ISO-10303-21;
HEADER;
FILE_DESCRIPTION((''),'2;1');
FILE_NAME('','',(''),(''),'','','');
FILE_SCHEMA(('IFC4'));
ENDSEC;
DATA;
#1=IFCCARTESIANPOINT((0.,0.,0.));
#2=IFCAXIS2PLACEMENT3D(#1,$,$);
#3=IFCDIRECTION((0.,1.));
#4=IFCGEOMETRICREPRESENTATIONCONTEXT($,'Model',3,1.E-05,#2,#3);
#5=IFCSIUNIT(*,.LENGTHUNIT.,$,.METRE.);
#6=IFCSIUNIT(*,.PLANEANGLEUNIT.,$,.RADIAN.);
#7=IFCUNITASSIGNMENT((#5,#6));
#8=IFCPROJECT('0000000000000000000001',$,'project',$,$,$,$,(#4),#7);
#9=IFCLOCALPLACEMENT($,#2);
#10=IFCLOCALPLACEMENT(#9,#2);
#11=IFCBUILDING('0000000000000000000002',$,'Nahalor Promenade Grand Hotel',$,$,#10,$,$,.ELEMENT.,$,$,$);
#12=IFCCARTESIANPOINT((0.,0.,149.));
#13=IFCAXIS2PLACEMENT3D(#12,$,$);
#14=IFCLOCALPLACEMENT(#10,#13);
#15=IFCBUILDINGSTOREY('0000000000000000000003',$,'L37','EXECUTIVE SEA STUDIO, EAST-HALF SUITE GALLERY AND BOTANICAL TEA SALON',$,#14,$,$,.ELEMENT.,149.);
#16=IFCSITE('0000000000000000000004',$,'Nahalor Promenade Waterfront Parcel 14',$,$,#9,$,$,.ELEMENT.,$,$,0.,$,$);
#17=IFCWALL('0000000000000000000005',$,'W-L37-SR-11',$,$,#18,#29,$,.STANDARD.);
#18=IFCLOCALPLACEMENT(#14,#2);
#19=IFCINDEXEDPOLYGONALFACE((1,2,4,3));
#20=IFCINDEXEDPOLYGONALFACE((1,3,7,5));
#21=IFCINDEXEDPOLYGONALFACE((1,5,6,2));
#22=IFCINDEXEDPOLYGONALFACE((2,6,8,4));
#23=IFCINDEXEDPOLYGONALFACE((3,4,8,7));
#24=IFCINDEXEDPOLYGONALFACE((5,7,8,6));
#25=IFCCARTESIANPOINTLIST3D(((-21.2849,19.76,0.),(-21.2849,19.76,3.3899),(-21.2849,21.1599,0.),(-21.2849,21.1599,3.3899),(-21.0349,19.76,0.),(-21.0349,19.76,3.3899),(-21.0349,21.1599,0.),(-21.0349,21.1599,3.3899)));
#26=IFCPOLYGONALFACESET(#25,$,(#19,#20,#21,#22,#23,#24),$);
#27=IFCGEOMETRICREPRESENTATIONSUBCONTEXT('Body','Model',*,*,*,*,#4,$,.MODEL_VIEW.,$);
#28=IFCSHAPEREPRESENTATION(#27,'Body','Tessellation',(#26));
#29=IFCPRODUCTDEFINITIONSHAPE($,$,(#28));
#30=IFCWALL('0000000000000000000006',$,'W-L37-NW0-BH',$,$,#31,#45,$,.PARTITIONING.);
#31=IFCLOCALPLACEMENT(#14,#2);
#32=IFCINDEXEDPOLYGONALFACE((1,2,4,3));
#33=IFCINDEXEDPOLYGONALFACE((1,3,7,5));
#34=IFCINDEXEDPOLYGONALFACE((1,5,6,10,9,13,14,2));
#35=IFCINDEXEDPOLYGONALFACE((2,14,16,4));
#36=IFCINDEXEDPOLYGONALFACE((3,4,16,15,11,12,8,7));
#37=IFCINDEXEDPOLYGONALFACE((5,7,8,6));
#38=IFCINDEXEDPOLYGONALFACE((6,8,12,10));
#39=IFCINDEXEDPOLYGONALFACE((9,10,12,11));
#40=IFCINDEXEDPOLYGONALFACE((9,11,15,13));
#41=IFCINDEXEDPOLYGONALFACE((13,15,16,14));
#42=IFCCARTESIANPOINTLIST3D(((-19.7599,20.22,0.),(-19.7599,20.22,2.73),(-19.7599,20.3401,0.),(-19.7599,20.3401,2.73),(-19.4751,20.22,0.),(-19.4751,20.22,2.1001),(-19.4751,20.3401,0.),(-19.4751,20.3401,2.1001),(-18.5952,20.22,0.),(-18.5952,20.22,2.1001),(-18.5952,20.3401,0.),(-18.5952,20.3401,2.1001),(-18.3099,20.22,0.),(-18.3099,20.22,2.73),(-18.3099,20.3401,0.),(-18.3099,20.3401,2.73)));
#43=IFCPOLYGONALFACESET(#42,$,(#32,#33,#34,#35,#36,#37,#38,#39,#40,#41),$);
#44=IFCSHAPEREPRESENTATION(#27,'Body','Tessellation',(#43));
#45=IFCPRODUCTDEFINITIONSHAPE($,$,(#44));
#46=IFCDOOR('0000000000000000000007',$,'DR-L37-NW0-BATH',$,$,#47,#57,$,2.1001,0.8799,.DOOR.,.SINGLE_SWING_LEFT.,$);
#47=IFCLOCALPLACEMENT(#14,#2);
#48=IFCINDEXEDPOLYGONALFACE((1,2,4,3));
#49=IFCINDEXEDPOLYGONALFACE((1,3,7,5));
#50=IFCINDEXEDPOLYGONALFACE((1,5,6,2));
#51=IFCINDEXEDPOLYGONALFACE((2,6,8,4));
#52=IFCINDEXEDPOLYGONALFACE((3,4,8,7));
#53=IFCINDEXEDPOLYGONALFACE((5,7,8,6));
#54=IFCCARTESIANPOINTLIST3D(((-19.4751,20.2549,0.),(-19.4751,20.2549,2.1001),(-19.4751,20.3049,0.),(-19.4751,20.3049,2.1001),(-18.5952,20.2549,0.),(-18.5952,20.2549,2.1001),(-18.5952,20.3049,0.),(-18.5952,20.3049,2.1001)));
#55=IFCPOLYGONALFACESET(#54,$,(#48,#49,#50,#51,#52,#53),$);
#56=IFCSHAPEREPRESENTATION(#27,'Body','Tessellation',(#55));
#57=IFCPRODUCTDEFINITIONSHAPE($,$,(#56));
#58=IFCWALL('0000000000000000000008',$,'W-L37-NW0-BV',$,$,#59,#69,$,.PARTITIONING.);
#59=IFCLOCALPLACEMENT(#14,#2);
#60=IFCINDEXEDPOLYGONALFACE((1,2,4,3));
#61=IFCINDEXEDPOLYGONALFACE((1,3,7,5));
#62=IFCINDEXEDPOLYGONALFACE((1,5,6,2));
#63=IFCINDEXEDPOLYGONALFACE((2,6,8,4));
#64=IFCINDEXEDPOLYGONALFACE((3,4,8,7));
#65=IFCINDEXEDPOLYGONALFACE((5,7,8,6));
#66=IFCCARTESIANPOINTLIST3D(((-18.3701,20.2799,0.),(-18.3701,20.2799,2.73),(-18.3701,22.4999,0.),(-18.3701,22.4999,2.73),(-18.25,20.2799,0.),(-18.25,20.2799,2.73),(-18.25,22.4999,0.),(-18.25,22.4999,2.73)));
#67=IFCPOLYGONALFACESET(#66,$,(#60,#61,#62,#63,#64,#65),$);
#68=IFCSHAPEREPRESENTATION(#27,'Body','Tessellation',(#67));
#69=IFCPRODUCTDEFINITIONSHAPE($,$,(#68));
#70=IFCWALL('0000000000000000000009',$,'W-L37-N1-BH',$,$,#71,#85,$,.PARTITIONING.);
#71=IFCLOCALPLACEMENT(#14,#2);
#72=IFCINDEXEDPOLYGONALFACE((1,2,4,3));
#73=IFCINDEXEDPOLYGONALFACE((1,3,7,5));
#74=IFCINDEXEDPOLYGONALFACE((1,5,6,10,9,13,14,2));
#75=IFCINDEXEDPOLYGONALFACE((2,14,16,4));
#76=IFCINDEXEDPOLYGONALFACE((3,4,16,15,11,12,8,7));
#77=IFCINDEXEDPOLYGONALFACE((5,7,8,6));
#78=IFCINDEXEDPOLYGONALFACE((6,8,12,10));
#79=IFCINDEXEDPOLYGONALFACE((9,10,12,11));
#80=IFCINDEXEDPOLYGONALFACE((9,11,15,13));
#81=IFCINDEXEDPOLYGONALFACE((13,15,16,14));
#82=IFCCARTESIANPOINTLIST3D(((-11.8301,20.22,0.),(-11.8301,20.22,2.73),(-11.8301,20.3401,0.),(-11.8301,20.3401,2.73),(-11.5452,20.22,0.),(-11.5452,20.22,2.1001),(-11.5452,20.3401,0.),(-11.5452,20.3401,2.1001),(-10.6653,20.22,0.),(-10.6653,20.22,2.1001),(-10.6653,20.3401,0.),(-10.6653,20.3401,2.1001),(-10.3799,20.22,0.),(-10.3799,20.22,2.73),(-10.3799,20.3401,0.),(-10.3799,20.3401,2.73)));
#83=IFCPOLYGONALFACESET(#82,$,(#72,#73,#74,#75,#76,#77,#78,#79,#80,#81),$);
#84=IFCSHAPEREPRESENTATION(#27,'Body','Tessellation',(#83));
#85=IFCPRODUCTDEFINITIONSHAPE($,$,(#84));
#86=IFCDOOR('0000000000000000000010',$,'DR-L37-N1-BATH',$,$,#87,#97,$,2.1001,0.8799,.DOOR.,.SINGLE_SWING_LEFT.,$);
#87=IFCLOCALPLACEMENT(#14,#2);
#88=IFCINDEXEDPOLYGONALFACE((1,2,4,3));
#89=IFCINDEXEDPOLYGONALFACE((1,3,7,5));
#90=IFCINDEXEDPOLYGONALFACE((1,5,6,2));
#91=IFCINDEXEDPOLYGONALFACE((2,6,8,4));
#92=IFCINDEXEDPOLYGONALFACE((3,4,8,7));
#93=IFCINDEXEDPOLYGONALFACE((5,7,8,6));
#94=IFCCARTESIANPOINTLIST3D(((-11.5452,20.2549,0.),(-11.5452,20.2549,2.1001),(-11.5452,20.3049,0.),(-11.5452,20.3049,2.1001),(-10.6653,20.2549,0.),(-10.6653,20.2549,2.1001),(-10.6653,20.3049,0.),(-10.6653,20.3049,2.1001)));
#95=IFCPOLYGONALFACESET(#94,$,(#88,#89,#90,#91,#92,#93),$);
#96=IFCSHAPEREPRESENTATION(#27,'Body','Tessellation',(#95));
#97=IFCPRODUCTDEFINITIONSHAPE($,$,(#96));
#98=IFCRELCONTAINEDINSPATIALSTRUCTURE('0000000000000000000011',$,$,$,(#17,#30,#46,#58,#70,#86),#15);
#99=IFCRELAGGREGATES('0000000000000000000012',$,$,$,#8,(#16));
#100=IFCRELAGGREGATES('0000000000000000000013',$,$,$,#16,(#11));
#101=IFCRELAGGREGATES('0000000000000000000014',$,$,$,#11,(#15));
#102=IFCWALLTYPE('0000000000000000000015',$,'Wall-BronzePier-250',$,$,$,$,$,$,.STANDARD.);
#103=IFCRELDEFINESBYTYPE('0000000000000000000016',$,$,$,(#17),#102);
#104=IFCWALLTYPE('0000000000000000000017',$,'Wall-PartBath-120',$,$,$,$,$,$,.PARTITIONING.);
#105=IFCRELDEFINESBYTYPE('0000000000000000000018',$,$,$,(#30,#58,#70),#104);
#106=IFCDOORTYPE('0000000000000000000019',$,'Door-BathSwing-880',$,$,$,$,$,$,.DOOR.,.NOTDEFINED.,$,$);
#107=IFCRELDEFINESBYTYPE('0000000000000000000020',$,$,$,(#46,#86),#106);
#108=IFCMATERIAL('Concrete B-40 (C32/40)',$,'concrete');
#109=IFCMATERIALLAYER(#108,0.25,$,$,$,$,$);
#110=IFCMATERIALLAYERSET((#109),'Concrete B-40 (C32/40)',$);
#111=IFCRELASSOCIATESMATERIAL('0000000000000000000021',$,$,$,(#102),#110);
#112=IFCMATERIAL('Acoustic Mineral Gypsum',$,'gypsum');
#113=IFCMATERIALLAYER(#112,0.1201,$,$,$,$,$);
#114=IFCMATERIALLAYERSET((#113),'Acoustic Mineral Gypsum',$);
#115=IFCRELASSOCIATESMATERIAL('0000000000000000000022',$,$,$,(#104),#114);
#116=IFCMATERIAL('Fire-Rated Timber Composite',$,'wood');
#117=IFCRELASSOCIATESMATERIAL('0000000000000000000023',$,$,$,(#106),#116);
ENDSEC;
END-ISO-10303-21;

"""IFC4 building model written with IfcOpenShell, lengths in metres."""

from ifc_helpers import new_model, si_unit, direction, frame, frame_2d, origin, place, context, subcontext, project, spatial, rectangle, extrude, source, transform, mapped, material, layer, layer_set, type_object, element, fill, save


model = new_model("IFC4")

# Units and contexts
model_context = context("Model", 3, precision=1e-05, world=origin(), true_north=direction((0.0, 1.0)))
body_context = subcontext(model_context, "Body", "Model", "MODEL_VIEW")
ifc_project = project(units=[si_unit("LENGTHUNIT", "METRE"), si_unit("PLANEANGLEUNIT", "RADIAN")], contexts=[model_context])

# Site, building, storey
site_placement = place(None, origin())
site = spatial("IfcSite", under=ifc_project, at=site_placement, Name="Nahalor Promenade Waterfront Parcel 14", CompositionType="ELEMENT", RefElevation=0.0)
building_placement = place(site_placement, origin())
building = spatial("IfcBuilding", under=site, at=building_placement, Name="Nahalor Promenade Grand Hotel", CompositionType="ELEMENT")
storey_placement = place(building_placement, frame((0.0, 0.0, 149.0)))
storey = spatial("IfcBuildingStorey", under=building, at=storey_placement, Name="L37", Description="EXECUTIVE SEA STUDIO, EAST-HALF SUITE GALLERY AND BOTANICAL TEA SALON", CompositionType="ELEMENT", Elevation=149.0)

# Wall
ifc_material_1 = material(Name="Concrete B-40 (C32/40)", Category="concrete")
ifc_layer_1 = layer(ifc_material_1, 0.25)
ifc_layer_set_1 = layer_set([ifc_layer_1], Name="Concrete B-40 (C32/40)")
wall_type_1 = type_object("IfcWallType", Name="Wall-BronzePier-250", PredefinedType="STANDARD", material=ifc_layer_set_1)
shared_shape_1 = source(origin(), body_context, "Body", "SweptSolid", [
    extrude(rectangle(XDim=1.3999, YDim=0.25, at=frame_2d((0.7, 0.0))), origin(), (0.0, 0.0, 1.0), 3.3899),
])
for number, where, z_axis, x_axis, name in (
    (1, (-21.1599, 19.76, 0.0), (0.0, 0.0, 1.0), (0.0, 1.0, 0.0), "W-L37-SR-11"),
):
    element("IfcWall", number, at=place(storey_placement, frame(where, z_axis=z_axis, x_axis=x_axis)), inside=storey, type_object=wall_type_1, Name=name, PredefinedType="STANDARD", context=body_context, shape_type="MappedRepresentation", body=[
        mapped(shared_shape_1, transform((0.0, 0.0, 0.0), scale=1.0)),
    ])

# Wall, opening, door
ifc_material_2 = material(Name="Acoustic Mineral Gypsum", Category="gypsum")
ifc_layer_2 = layer(ifc_material_2, 0.1201)
ifc_layer_set_2 = layer_set([ifc_layer_2], Name="Acoustic Mineral Gypsum")
wall_type_2 = type_object("IfcWallType", Name="Wall-PartBath-120", PredefinedType="PARTITIONING", material=ifc_layer_set_2)
shared_shape_2 = source(origin(), body_context, "Body", "SweptSolid", [
    extrude(rectangle(XDim=1.45, YDim=0.1201, at=frame_2d((0.7251, 0.0))), origin(), (0.0, 0.0, 1.0), 2.73),
])
wall_1_placement = place(storey_placement, frame((-19.76, 20.28, 0.0), z_axis=(0.0, 0.0, 1.0), x_axis=(1.0, 0.0, 0.0)))
wall_1 = element("IfcWall", 2, at=wall_1_placement, inside=storey, type_object=wall_type_2, Name="W-L37-NW0-BH", PredefinedType="PARTITIONING", context=body_context, shape_type="MappedRepresentation", body=[
    mapped(shared_shape_2, transform((0.0, 0.0, 0.0), scale=1.0)),
])
opening_1_placement = place(wall_1_placement, frame((0.2849, 0.0, 0.0)))
opening_1 = element("IfcOpeningElement", 3, at=opening_1_placement, cuts=wall_1, PredefinedType="OPENING", context=body_context, shape_type="SweptSolid", body=[
    extrude(rectangle(XDim=0.8799, YDim=2.1001, at=frame_2d((0.4399, 1.05))), frame((0.0, 0.0701, 0.0), z_axis=(0.0, -1.0, 0.0), x_axis=(1.0, 0.0, 0.0)), (0.0, 0.0, 1.0), 0.1401),
])
ifc_material_3 = material(Name="Fire-Rated Timber Composite", Category="wood")
door_type = type_object("IfcDoorType", Name="Door-BathSwing-880", OperationType="NOTDEFINED", PredefinedType="DOOR", material=ifc_material_3)
shared_shape_3 = source(origin(), body_context, "Body", "SweptSolid", [
    extrude(rectangle(XDim=0.8799, YDim=2.1001, at=frame_2d((0.4399, 1.05))), frame((0.0, 0.0249, 0.0), z_axis=(0.0, -1.0, 0.0), x_axis=(1.0, 0.0, 0.0)), (0.0, 0.0, 1.0), 0.05),
])
door_1_placement = place(opening_1_placement, origin())
door_1 = element("IfcDoor", 4, at=door_1_placement, inside=storey, type_object=door_type, Name="DR-L37-NW0-BATH", OperationType="SINGLE_SWING_LEFT", OverallHeight=2.1001, OverallWidth=0.8799, PredefinedType="DOOR", context=body_context, shape_type="MappedRepresentation", body=[
    mapped(shared_shape_3, transform((0.0, 0.0, 0.0), scale=1.0)),
])
fill(opening_1, door_1)

# Wall
shared_shape_4 = source(origin(), body_context, "Body", "SweptSolid", [
    extrude(rectangle(XDim=2.22, YDim=0.1201, at=frame_2d((1.1099, 0.0))), origin(), (0.0, 0.0, 1.0), 2.73),
])
wall_2_placement = place(storey_placement, frame((-18.3101, 20.28, 0.0), z_axis=(0.0, 0.0, 1.0), x_axis=(0.0, 1.0, 0.0)))
element("IfcWall", 5, at=wall_2_placement, inside=storey, type_object=wall_type_2, Name="W-L37-NW0-BV", PredefinedType="PARTITIONING", context=body_context, shape_type="MappedRepresentation", body=[
    mapped(shared_shape_4, transform((0.0, 0.0, 0.0), scale=1.0)),
])

# Wall, opening, door
shared_shape_5 = source(origin(), body_context, "Body", "SweptSolid", [
    extrude(rectangle(XDim=1.4502, YDim=0.1201, at=frame_2d((0.7251, 0.0))), origin(), (0.0, 0.0, 1.0), 2.73),
])
wall_3_placement = place(storey_placement, frame((-11.8301, 20.28, 0.0), z_axis=(0.0, 0.0, 1.0), x_axis=(1.0, 0.0, 0.0)))
wall_3 = element("IfcWall", 6, at=wall_3_placement, inside=storey, type_object=wall_type_2, Name="W-L37-N1-BH", PredefinedType="PARTITIONING", context=body_context, shape_type="MappedRepresentation", body=[
    mapped(shared_shape_5, transform((0.0, 0.0, 0.0), scale=1.0)),
])
opening_2_placement = place(wall_3_placement, frame((0.2849, 0.0, 0.0)))
opening_2 = element("IfcOpeningElement", 7, at=opening_2_placement, cuts=wall_3, PredefinedType="OPENING", context=body_context, shape_type="SweptSolid", body=[
    extrude(rectangle(XDim=0.8799, YDim=2.1001, at=frame_2d((0.4399, 1.05))), frame((0.0, 0.0701, 0.0), z_axis=(0.0, -1.0, 0.0), x_axis=(1.0, 0.0, 0.0)), (0.0, 0.0, 1.0), 0.1401),
])
door_2_placement = place(opening_2_placement, origin())
door_2 = element("IfcDoor", 8, at=door_2_placement, inside=storey, type_object=door_type, Name="DR-L37-N1-BATH", OperationType="SINGLE_SWING_LEFT", OverallHeight=2.1001, OverallWidth=0.8799, PredefinedType="DOOR", context=body_context, shape_type="MappedRepresentation", body=[
    mapped(shared_shape_3, transform((0.0, 0.0, 0.0), scale=1.0)),
])
fill(opening_2, door_2)

save(model, "model.ifc")
